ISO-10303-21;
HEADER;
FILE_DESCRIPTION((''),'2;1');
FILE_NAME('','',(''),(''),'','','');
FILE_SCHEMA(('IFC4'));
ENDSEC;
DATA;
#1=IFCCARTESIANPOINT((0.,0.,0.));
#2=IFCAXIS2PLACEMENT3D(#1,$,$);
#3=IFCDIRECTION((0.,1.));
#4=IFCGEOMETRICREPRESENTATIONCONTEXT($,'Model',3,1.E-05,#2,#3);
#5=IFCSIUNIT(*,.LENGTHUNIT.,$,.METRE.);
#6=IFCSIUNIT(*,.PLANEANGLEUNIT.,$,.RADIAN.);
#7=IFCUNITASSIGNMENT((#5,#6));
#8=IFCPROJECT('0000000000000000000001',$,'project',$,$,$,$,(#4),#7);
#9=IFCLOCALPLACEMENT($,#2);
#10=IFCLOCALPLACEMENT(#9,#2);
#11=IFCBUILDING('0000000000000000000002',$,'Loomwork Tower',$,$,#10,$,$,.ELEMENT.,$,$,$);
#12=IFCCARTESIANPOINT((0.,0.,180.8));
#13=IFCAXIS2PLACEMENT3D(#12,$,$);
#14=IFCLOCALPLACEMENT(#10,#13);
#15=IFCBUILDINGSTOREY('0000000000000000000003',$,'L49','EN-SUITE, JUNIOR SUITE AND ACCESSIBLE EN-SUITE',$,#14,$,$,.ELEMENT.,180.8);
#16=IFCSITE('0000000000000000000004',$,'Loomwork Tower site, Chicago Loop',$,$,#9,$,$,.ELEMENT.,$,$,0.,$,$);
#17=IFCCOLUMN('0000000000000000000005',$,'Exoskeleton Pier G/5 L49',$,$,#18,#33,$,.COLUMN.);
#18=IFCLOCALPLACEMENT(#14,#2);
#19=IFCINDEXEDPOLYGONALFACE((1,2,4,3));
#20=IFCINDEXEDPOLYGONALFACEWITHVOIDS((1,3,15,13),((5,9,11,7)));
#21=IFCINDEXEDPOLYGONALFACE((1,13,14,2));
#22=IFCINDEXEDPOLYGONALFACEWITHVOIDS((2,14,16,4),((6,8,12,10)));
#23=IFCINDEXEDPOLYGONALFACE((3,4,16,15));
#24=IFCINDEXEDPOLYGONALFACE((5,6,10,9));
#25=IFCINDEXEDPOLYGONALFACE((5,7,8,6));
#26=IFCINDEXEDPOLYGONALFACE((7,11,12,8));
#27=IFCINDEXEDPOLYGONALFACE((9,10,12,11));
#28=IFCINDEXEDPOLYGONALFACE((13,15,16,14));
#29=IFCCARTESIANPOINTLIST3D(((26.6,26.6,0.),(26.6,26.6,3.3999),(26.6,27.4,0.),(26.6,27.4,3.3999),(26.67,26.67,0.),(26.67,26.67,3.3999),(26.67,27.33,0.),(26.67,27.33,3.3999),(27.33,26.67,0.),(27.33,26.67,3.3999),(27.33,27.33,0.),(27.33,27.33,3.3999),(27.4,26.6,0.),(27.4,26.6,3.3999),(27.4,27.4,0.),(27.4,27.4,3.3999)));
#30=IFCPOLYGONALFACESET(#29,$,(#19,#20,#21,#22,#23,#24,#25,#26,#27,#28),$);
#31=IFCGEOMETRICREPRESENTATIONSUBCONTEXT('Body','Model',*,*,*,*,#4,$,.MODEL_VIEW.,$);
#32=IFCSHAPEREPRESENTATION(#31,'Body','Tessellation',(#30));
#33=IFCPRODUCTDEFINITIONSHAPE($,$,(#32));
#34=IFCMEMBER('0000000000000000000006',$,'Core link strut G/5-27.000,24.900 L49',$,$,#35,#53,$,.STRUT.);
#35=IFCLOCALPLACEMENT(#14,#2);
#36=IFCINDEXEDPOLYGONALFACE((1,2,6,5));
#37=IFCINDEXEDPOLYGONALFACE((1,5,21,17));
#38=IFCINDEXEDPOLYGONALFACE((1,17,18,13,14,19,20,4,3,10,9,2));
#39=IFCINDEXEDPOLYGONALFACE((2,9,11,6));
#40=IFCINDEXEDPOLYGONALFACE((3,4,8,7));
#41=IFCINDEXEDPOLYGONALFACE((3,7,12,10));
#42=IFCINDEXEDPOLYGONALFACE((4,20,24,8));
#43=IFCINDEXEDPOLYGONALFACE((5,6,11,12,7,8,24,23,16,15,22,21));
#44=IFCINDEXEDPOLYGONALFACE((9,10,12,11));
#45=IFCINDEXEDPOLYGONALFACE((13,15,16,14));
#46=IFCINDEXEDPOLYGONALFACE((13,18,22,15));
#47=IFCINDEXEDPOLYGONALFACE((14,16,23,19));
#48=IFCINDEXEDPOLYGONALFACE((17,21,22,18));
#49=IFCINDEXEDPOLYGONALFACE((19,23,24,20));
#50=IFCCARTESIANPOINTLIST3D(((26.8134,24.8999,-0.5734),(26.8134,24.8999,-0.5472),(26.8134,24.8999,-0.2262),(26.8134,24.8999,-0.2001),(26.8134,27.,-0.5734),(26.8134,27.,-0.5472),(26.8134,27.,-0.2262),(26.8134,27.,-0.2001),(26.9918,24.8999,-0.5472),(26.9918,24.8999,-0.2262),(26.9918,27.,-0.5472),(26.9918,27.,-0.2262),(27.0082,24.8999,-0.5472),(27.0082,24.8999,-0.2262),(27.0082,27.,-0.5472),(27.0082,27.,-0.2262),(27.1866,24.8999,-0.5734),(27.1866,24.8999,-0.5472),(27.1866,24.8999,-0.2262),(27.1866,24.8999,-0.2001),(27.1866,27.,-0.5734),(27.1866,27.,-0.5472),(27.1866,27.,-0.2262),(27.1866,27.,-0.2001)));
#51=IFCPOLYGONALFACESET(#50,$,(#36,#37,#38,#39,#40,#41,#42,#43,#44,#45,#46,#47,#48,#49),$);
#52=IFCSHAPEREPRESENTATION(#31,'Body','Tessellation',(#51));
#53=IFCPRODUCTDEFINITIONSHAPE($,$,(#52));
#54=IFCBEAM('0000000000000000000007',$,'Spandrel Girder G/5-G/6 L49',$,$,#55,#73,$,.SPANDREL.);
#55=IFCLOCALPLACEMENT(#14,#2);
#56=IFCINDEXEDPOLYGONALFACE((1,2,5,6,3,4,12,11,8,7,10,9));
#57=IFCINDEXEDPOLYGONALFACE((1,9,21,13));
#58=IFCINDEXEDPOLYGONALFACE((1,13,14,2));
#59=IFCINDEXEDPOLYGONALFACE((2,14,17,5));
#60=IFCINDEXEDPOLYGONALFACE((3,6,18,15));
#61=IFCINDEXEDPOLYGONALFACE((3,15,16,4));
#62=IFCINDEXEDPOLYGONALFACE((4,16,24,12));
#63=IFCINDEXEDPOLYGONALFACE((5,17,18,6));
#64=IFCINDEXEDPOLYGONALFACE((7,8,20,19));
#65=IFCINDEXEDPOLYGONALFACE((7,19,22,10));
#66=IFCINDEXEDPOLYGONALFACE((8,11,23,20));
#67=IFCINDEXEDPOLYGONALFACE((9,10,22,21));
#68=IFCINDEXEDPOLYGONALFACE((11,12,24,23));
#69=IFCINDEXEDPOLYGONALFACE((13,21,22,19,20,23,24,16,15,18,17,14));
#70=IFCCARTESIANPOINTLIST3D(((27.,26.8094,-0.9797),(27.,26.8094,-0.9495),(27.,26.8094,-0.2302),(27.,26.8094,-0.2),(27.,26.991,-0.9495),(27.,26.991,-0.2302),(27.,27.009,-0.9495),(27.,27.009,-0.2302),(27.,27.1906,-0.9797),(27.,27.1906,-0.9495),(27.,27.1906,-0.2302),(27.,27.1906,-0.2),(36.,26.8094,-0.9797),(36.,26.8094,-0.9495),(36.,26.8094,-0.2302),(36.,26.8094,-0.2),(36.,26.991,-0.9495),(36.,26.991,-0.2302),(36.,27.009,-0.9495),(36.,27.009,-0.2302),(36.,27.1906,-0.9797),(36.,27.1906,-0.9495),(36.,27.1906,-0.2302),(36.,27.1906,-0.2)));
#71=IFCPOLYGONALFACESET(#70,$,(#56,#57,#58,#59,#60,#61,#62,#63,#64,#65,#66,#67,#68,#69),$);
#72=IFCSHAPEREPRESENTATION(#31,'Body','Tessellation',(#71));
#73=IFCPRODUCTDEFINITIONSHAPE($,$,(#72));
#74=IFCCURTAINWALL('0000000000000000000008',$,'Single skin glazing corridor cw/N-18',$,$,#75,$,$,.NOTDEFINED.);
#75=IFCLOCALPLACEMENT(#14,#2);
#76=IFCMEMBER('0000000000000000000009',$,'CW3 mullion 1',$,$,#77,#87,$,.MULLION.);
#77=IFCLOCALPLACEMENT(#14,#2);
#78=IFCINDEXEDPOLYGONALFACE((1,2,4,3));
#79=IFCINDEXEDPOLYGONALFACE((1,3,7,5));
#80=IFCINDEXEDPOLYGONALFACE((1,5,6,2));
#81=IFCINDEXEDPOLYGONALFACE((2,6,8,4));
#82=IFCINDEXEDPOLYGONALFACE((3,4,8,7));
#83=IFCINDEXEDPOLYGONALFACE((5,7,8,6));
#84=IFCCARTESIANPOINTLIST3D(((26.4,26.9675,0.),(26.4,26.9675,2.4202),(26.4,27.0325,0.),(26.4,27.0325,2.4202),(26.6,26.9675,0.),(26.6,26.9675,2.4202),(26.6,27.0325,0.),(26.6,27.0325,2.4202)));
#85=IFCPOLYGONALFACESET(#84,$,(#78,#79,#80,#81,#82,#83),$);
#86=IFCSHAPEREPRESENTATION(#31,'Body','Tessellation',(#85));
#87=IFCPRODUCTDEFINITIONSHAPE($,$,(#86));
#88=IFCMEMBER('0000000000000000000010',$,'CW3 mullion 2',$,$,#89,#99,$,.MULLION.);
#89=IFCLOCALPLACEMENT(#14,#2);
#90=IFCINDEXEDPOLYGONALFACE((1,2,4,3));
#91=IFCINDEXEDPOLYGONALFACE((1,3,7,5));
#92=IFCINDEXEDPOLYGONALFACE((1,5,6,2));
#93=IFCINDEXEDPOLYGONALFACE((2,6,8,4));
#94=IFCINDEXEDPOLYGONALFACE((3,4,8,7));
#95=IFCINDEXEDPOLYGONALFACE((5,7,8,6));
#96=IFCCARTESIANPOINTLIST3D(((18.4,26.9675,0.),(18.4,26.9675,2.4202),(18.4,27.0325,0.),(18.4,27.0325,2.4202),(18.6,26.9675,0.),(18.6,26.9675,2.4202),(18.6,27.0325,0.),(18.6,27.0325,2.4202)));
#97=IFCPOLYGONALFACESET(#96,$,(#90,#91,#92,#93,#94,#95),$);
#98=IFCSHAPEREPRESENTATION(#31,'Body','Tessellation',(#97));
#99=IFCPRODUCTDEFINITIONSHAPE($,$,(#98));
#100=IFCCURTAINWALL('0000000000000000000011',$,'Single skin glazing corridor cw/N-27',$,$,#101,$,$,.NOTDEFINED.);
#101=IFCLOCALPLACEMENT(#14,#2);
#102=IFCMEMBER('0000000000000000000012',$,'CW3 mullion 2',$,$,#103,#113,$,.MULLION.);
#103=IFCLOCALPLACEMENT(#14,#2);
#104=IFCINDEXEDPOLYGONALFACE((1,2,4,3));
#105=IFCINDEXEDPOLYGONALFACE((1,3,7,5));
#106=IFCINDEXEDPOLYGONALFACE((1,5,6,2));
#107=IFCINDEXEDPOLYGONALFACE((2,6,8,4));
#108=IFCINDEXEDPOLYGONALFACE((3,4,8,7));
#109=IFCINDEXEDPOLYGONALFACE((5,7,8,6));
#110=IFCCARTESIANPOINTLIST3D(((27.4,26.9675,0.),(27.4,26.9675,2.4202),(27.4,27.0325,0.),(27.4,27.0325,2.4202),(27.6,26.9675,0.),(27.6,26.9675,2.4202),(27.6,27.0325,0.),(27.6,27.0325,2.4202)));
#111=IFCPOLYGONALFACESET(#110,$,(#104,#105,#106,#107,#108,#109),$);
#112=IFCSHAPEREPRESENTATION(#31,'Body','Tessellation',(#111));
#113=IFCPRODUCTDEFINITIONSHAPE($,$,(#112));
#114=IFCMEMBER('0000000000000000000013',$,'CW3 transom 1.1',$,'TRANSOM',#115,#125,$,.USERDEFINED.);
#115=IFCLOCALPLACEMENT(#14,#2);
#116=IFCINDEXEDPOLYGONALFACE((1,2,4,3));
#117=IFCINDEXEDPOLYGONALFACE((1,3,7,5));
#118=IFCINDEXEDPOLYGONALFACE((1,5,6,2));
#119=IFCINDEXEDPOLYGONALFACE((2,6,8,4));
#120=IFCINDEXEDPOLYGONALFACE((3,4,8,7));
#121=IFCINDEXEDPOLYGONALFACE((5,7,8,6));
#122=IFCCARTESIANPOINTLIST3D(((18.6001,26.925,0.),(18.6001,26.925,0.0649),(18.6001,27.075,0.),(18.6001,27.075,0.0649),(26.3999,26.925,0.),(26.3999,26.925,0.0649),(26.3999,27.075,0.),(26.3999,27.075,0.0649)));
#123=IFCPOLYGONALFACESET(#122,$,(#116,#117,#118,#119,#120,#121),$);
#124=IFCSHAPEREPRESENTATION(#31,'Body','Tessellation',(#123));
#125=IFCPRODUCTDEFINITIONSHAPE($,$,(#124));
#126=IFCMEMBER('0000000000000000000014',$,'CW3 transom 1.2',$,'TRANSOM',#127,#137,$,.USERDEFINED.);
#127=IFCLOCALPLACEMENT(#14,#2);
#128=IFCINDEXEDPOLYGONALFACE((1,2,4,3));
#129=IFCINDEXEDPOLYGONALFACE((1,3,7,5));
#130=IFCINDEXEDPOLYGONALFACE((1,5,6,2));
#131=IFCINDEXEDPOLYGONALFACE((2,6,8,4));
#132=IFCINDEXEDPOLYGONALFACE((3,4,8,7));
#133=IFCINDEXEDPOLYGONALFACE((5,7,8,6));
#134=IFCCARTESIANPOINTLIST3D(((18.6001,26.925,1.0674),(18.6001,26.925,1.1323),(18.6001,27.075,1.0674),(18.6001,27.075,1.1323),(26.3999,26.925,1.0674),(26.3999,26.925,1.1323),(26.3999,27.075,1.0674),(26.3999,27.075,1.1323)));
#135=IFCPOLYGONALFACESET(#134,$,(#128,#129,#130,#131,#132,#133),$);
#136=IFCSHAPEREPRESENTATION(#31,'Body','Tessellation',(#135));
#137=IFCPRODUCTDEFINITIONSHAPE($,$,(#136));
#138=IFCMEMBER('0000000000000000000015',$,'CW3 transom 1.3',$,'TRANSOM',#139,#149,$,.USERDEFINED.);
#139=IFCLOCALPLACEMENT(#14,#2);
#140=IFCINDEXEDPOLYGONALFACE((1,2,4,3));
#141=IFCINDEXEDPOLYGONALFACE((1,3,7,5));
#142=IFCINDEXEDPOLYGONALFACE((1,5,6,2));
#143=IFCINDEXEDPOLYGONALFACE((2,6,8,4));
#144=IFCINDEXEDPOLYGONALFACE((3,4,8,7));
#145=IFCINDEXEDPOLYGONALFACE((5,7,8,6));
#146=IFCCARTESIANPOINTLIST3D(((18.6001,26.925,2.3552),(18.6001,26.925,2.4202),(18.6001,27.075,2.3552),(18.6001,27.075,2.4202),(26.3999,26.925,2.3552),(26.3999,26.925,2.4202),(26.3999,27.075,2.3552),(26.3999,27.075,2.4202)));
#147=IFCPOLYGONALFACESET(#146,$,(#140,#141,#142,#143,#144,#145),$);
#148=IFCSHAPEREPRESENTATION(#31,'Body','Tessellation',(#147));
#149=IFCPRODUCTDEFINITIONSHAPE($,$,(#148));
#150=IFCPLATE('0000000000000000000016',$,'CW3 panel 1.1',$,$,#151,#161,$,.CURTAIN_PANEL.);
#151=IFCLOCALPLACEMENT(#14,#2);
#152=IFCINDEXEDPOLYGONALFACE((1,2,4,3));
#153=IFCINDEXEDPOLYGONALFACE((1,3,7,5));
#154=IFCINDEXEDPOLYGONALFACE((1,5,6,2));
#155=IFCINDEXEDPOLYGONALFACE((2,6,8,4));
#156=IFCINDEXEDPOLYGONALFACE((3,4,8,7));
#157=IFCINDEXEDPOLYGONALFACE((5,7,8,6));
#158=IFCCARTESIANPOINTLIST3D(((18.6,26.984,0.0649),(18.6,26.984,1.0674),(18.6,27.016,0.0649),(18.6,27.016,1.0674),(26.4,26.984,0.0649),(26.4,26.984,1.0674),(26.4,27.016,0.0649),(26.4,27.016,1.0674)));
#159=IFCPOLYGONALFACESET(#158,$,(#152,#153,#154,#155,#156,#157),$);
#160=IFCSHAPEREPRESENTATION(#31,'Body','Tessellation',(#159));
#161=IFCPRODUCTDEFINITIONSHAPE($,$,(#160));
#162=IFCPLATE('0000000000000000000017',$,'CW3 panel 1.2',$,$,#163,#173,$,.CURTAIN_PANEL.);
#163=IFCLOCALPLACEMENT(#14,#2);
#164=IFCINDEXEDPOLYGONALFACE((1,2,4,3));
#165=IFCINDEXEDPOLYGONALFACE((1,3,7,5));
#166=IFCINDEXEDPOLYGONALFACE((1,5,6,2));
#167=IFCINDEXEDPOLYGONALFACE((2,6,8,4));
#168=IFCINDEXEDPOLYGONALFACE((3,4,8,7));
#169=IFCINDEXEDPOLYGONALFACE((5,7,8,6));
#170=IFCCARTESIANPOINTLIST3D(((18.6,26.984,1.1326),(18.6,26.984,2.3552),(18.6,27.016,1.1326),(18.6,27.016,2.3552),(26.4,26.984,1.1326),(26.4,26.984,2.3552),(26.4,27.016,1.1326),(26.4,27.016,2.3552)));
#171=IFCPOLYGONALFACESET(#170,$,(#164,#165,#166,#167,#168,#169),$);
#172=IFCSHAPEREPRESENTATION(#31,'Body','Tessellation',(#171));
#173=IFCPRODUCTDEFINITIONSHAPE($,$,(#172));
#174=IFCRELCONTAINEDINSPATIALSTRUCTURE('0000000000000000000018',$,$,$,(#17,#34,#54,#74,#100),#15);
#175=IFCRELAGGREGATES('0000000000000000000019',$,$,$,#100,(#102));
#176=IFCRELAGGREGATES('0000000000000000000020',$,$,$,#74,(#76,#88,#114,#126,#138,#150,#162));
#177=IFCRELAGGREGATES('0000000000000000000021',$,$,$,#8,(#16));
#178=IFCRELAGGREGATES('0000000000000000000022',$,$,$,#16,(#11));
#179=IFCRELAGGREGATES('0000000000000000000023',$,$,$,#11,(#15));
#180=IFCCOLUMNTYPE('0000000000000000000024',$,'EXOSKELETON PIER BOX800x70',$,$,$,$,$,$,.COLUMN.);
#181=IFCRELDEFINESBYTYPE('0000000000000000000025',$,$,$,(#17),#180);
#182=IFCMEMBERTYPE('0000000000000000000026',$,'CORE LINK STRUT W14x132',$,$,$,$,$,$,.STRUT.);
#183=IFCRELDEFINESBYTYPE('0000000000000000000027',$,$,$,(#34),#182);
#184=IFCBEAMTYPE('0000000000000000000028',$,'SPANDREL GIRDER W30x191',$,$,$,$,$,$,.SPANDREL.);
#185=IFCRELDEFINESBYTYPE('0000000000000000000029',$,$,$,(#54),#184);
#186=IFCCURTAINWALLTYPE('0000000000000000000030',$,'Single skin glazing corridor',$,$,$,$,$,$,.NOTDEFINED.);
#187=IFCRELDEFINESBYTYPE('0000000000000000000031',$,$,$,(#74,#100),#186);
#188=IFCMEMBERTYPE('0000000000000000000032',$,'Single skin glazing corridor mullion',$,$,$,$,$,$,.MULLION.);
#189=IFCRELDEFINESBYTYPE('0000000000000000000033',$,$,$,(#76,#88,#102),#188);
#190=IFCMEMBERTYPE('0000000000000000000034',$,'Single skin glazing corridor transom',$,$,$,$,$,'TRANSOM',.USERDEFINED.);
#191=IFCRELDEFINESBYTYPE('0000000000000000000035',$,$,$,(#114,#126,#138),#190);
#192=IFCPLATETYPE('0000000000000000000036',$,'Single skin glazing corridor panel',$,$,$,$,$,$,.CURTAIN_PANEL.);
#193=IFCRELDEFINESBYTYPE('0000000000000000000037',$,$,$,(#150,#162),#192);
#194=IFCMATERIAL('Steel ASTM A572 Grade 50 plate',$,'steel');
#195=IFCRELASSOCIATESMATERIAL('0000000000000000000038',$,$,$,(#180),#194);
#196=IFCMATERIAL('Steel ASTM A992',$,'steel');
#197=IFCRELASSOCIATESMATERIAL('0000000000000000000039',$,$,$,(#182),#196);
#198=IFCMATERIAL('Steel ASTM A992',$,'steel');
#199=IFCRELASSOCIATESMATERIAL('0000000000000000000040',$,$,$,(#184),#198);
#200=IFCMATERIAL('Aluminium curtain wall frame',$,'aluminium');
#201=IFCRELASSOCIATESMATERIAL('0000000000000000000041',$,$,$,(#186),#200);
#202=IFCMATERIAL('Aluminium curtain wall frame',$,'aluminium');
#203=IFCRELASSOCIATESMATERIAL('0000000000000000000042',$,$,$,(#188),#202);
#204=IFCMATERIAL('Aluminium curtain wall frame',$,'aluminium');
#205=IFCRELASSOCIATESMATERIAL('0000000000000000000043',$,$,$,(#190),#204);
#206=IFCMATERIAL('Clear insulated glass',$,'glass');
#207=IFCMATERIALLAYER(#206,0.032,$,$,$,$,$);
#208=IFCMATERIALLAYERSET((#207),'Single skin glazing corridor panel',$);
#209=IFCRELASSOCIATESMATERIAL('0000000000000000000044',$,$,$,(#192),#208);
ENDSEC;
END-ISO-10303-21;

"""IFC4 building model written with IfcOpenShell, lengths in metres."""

from ifc_helpers import new_model, si_unit, direction, frame, origin, origin_2d, place, context, subcontext, project, spatial, rectangle, hollow_rectangle, i_section, extrude, material, layer, layer_set, material_profile, profile_set, type_object, element, aggregate, save


model = new_model("IFC4")

# Units and contexts
model_context = context("Model", 3, precision=1e-05, world=origin(), true_north=direction((0.0, 1.0)))
body_context = subcontext(model_context, "Body", "Model", "MODEL_VIEW")
ifc_project = project(units=[si_unit("LENGTHUNIT", "METRE"), si_unit("PLANEANGLEUNIT", "RADIAN")], contexts=[model_context])

# Site, building, storey
site_placement = place(None, origin())
site = spatial("IfcSite", under=ifc_project, at=site_placement, Name="Loomwork Tower site, Chicago Loop", CompositionType="ELEMENT", RefElevation=0.0)
building_placement = place(site_placement, origin())
building = spatial("IfcBuilding", under=site, at=building_placement, Name="Loomwork Tower", CompositionType="ELEMENT")
storey_placement = place(building_placement, frame((0.0, 0.0, 180.8)))
storey = spatial("IfcBuildingStorey", under=building, at=storey_placement, Name="L49", Description="EN-SUITE, JUNIOR SUITE AND ACCESSIBLE EN-SUITE", CompositionType="ELEMENT", Elevation=180.8)

# Column
ifc_material_1 = material(Name="Steel ASTM A572 Grade 50 plate", Category="steel")
ifc_material_profile_1 = material_profile(ifc_material_1, hollow_rectangle(XDim=0.8, YDim=0.8, WallThickness=0.0701, at=origin_2d()), Name="BOX800x70")
ifc_profile_set_1 = profile_set([ifc_material_profile_1], Name="Steel ASTM A572 Grade 50 plate")
column_type = type_object("IfcColumnType", Name="EXOSKELETON PIER BOX800x70", PredefinedType="COLUMN", material=ifc_profile_set_1)
column_placement = place(storey_placement, frame((27.0, 27.0, 0.0), z_axis=(0.0, 0.0, 1.0), x_axis=(1.0, 0.0, 0.0)))
element("IfcColumn", 1, at=column_placement, inside=storey, type_object=column_type, Name="Exoskeleton Pier G/5 L49", PredefinedType="COLUMN", context=body_context, shape_type="SweptSolid", body=[
    extrude(hollow_rectangle(XDim=0.8, YDim=0.8, WallThickness=0.0701, at=origin_2d()), origin(), (0.0, 0.0, 1.0), 3.3999),
])

# Member
ifc_material_2 = material(Name="Steel ASTM A992", Category="steel")
ifc_material_profile_2 = material_profile(ifc_material_2, i_section(OverallWidth=0.3733, OverallDepth=0.3733, WebThickness=0.0164, FlangeThickness=0.0261, at=origin_2d()), Name="W14x132")
ifc_profile_set_2 = profile_set([ifc_material_profile_2], Name="Steel ASTM A992")
member_type_1 = type_object("IfcMemberType", Name="CORE LINK STRUT W14x132", PredefinedType="STRUT", material=ifc_profile_set_2)
member_1_placement = place(storey_placement, frame((27.0, 27.0, -0.3867), z_axis=(0.0, -1.0, 0.0), x_axis=(1.0, 0.0, 0.0)))
element("IfcMember", 2, at=member_1_placement, inside=storey, type_object=member_type_1, Name="Core link strut G/5-27.000,24.900 L49", PredefinedType="STRUT", context=body_context, shape_type="SweptSolid", body=[
    extrude(i_section(OverallWidth=0.3733, OverallDepth=0.3733, WebThickness=0.0164, FlangeThickness=0.0261, at=origin_2d()), origin(), (0.0, 0.0, 1.0), 2.1001),
])

# Beam
ifc_material_3 = material(Name="Steel ASTM A992", Category="steel")
ifc_material_profile_3 = material_profile(ifc_material_3, i_section(OverallWidth=0.3811, OverallDepth=0.7798, WebThickness=0.0181, FlangeThickness=0.0303, at=origin_2d()), Name="W30x191")
ifc_profile_set_3 = profile_set([ifc_material_profile_3], Name="Steel ASTM A992")
beam_type = type_object("IfcBeamType", Name="SPANDREL GIRDER W30x191", PredefinedType="SPANDREL", material=ifc_profile_set_3)
beam_placement = place(storey_placement, frame((27.0, 27.0, -0.5898), z_axis=(1.0, 0.0, 0.0), x_axis=(0.0, 1.0, 0.0)))
element("IfcBeam", 3, at=beam_placement, inside=storey, type_object=beam_type, Name="Spandrel Girder G/5-G/6 L49", PredefinedType="SPANDREL", context=body_context, shape_type="SweptSolid", body=[
    extrude(i_section(OverallWidth=0.3811, OverallDepth=0.7798, WebThickness=0.0181, FlangeThickness=0.0303, at=origin_2d()), origin(), (0.0, 0.0, 1.0), 9.0),
])

# Curtain wall, members
ifc_material_4 = material(Name="Aluminium curtain wall frame", Category="aluminium")
curtain_wall_type = type_object("IfcCurtainWallType", Name="Single skin glazing corridor", PredefinedType="NOTDEFINED", material=ifc_material_4)
curtain_wall_1_placement = place(storey_placement, origin())
curtain_wall_1 = element("IfcCurtainWall", 4, at=curtain_wall_1_placement, inside=storey, type_object=curtain_wall_type, Name="Single skin glazing corridor cw/N-18", PredefinedType="NOTDEFINED")
ifc_material_5 = material(Name="Aluminium curtain wall frame", Category="aluminium")
ifc_material_profile_4 = material_profile(ifc_material_5, rectangle(XDim=0.0649, YDim=0.2, at=origin_2d()), Name="AL 65x200")
ifc_profile_set_4 = profile_set([ifc_material_profile_4], Name="Aluminium curtain wall frame")
member_type_2 = type_object("IfcMemberType", Name="Single skin glazing corridor mullion", PredefinedType="MULLION", material=ifc_profile_set_4)
member_2_placement = place(storey_placement, frame((26.5, 27.0, 0.0), z_axis=(0.0, 0.0, 1.0), x_axis=(0.0, -1.0, 0.0)))
member_2 = element("IfcMember", 5, at=member_2_placement, type_object=member_type_2, Name="CW3 mullion 1", PredefinedType="MULLION", context=body_context, shape_type="SweptSolid", body=[
    extrude(rectangle(XDim=0.0649, YDim=0.2, at=origin_2d()), origin(), (0.0, 0.0, 1.0), 2.4202),
])
member_3_placement = place(storey_placement, frame((18.5, 27.0, 0.0), z_axis=(0.0, 0.0, 1.0), x_axis=(0.0, -1.0, 0.0)))
member_3 = element("IfcMember", 6, at=member_3_placement, type_object=member_type_2, Name="CW3 mullion 2", PredefinedType="MULLION", context=body_context, shape_type="SweptSolid", body=[
    extrude(rectangle(XDim=0.0649, YDim=0.2, at=origin_2d()), origin(), (0.0, 0.0, 1.0), 2.4202),
])

# Curtain wall, member
curtain_wall_2_placement = place(storey_placement, origin())
curtain_wall_2 = element("IfcCurtainWall", 7, at=curtain_wall_2_placement, inside=storey, type_object=curtain_wall_type, Name="Single skin glazing corridor cw/N-27", PredefinedType="NOTDEFINED")
member_4_placement = place(storey_placement, frame((27.5, 27.0, 0.0), z_axis=(0.0, 0.0, 1.0), x_axis=(0.0, -1.0, 0.0)))
member_4 = element("IfcMember", 8, at=member_4_placement, type_object=member_type_2, Name="CW3 mullion 2", PredefinedType="MULLION", context=body_context, shape_type="SweptSolid", body=[
    extrude(rectangle(XDim=0.0649, YDim=0.2, at=origin_2d()), origin(), (0.0, 0.0, 1.0), 2.4202),
])
aggregate(curtain_wall_2, [member_4])

# Members
ifc_material_6 = material(Name="Aluminium curtain wall frame", Category="aluminium")
ifc_material_profile_5 = material_profile(ifc_material_6, rectangle(XDim=0.1499, YDim=0.0649, at=origin_2d()), Name="AL 65x150")
ifc_profile_set_5 = profile_set([ifc_material_profile_5], Name="Aluminium curtain wall frame")
member_type_3 = type_object("IfcMemberType", Name="Single skin glazing corridor transom", ElementType="TRANSOM", PredefinedType="USERDEFINED", material=ifc_profile_set_5)
member_5_placement = place(storey_placement, frame((26.3999, 27.0, 0.0325), z_axis=(-1.0, 0.0, 0.0), x_axis=(0.0, -1.0, 0.0)))
member_5 = element("IfcMember", 9, at=member_5_placement, type_object=member_type_3, Name="CW3 transom 1.1", ObjectType="TRANSOM", PredefinedType="USERDEFINED", context=body_context, shape_type="SweptSolid", body=[
    extrude(rectangle(XDim=0.1499, YDim=0.0649, at=origin_2d()), origin(), (0.0, 0.0, 1.0), 7.7998),
])
member_6_placement = place(storey_placement, frame((26.3999, 27.0, 1.0999), z_axis=(-1.0, 0.0, 0.0), x_axis=(0.0, -1.0, 0.0)))
member_6 = element("IfcMember", 10, at=member_6_placement, type_object=member_type_3, Name="CW3 transom 1.2", ObjectType="TRANSOM", PredefinedType="USERDEFINED", context=body_context, shape_type="SweptSolid", body=[
    extrude(rectangle(XDim=0.1499, YDim=0.0649, at=origin_2d()), origin(), (0.0, 0.0, 1.0), 7.7998),
])
member_7_placement = place(storey_placement, frame((26.3999, 27.0, 2.3877), z_axis=(-1.0, 0.0, 0.0), x_axis=(0.0, -1.0, 0.0)))
member_7 = element("IfcMember", 11, at=member_7_placement, type_object=member_type_3, Name="CW3 transom 1.3", ObjectType="TRANSOM", PredefinedType="USERDEFINED", context=body_context, shape_type="SweptSolid", body=[
    extrude(rectangle(XDim=0.1499, YDim=0.0649, at=origin_2d()), origin(), (0.0, 0.0, 1.0), 7.7998),
])

# Plates
ifc_material_7 = material(Name="Clear insulated glass", Category="glass")
ifc_layer_1 = layer(ifc_material_7, 0.032)
ifc_layer_set_1 = layer_set([ifc_layer_1], Name="Single skin glazing corridor panel")
plate_type = type_object("IfcPlateType", Name="Single skin glazing corridor panel", PredefinedType="CURTAIN_PANEL", material=ifc_layer_set_1)
plate_1_placement = place(storey_placement, frame((22.5, 27.0, 0.0649), z_axis=(0.0, 0.0, 1.0), x_axis=(-1.0, 0.0, 0.0)))
plate_1 = element("IfcPlate", 12, at=plate_1_placement, type_object=plate_type, Name="CW3 panel 1.1", PredefinedType="CURTAIN_PANEL", context=body_context, shape_type="SweptSolid", body=[
    extrude(rectangle(XDim=7.8, YDim=0.032, at=origin_2d()), origin(), (0.0, 0.0, 1.0), 1.0024),
])
plate_2_placement = place(storey_placement, frame((22.5, 27.0, 1.1326), z_axis=(0.0, 0.0, 1.0), x_axis=(-1.0, 0.0, 0.0)))
plate_2 = element("IfcPlate", 13, at=plate_2_placement, type_object=plate_type, Name="CW3 panel 1.2", PredefinedType="CURTAIN_PANEL", context=body_context, shape_type="SweptSolid", body=[
    extrude(rectangle(XDim=7.8, YDim=0.032, at=origin_2d()), origin(), (0.0, 0.0, 1.0), 1.2227),
])
aggregate(curtain_wall_1, [member_2, member_3, member_5, member_6, member_7, plate_1, plate_2])

save(model, "model.ifc")
